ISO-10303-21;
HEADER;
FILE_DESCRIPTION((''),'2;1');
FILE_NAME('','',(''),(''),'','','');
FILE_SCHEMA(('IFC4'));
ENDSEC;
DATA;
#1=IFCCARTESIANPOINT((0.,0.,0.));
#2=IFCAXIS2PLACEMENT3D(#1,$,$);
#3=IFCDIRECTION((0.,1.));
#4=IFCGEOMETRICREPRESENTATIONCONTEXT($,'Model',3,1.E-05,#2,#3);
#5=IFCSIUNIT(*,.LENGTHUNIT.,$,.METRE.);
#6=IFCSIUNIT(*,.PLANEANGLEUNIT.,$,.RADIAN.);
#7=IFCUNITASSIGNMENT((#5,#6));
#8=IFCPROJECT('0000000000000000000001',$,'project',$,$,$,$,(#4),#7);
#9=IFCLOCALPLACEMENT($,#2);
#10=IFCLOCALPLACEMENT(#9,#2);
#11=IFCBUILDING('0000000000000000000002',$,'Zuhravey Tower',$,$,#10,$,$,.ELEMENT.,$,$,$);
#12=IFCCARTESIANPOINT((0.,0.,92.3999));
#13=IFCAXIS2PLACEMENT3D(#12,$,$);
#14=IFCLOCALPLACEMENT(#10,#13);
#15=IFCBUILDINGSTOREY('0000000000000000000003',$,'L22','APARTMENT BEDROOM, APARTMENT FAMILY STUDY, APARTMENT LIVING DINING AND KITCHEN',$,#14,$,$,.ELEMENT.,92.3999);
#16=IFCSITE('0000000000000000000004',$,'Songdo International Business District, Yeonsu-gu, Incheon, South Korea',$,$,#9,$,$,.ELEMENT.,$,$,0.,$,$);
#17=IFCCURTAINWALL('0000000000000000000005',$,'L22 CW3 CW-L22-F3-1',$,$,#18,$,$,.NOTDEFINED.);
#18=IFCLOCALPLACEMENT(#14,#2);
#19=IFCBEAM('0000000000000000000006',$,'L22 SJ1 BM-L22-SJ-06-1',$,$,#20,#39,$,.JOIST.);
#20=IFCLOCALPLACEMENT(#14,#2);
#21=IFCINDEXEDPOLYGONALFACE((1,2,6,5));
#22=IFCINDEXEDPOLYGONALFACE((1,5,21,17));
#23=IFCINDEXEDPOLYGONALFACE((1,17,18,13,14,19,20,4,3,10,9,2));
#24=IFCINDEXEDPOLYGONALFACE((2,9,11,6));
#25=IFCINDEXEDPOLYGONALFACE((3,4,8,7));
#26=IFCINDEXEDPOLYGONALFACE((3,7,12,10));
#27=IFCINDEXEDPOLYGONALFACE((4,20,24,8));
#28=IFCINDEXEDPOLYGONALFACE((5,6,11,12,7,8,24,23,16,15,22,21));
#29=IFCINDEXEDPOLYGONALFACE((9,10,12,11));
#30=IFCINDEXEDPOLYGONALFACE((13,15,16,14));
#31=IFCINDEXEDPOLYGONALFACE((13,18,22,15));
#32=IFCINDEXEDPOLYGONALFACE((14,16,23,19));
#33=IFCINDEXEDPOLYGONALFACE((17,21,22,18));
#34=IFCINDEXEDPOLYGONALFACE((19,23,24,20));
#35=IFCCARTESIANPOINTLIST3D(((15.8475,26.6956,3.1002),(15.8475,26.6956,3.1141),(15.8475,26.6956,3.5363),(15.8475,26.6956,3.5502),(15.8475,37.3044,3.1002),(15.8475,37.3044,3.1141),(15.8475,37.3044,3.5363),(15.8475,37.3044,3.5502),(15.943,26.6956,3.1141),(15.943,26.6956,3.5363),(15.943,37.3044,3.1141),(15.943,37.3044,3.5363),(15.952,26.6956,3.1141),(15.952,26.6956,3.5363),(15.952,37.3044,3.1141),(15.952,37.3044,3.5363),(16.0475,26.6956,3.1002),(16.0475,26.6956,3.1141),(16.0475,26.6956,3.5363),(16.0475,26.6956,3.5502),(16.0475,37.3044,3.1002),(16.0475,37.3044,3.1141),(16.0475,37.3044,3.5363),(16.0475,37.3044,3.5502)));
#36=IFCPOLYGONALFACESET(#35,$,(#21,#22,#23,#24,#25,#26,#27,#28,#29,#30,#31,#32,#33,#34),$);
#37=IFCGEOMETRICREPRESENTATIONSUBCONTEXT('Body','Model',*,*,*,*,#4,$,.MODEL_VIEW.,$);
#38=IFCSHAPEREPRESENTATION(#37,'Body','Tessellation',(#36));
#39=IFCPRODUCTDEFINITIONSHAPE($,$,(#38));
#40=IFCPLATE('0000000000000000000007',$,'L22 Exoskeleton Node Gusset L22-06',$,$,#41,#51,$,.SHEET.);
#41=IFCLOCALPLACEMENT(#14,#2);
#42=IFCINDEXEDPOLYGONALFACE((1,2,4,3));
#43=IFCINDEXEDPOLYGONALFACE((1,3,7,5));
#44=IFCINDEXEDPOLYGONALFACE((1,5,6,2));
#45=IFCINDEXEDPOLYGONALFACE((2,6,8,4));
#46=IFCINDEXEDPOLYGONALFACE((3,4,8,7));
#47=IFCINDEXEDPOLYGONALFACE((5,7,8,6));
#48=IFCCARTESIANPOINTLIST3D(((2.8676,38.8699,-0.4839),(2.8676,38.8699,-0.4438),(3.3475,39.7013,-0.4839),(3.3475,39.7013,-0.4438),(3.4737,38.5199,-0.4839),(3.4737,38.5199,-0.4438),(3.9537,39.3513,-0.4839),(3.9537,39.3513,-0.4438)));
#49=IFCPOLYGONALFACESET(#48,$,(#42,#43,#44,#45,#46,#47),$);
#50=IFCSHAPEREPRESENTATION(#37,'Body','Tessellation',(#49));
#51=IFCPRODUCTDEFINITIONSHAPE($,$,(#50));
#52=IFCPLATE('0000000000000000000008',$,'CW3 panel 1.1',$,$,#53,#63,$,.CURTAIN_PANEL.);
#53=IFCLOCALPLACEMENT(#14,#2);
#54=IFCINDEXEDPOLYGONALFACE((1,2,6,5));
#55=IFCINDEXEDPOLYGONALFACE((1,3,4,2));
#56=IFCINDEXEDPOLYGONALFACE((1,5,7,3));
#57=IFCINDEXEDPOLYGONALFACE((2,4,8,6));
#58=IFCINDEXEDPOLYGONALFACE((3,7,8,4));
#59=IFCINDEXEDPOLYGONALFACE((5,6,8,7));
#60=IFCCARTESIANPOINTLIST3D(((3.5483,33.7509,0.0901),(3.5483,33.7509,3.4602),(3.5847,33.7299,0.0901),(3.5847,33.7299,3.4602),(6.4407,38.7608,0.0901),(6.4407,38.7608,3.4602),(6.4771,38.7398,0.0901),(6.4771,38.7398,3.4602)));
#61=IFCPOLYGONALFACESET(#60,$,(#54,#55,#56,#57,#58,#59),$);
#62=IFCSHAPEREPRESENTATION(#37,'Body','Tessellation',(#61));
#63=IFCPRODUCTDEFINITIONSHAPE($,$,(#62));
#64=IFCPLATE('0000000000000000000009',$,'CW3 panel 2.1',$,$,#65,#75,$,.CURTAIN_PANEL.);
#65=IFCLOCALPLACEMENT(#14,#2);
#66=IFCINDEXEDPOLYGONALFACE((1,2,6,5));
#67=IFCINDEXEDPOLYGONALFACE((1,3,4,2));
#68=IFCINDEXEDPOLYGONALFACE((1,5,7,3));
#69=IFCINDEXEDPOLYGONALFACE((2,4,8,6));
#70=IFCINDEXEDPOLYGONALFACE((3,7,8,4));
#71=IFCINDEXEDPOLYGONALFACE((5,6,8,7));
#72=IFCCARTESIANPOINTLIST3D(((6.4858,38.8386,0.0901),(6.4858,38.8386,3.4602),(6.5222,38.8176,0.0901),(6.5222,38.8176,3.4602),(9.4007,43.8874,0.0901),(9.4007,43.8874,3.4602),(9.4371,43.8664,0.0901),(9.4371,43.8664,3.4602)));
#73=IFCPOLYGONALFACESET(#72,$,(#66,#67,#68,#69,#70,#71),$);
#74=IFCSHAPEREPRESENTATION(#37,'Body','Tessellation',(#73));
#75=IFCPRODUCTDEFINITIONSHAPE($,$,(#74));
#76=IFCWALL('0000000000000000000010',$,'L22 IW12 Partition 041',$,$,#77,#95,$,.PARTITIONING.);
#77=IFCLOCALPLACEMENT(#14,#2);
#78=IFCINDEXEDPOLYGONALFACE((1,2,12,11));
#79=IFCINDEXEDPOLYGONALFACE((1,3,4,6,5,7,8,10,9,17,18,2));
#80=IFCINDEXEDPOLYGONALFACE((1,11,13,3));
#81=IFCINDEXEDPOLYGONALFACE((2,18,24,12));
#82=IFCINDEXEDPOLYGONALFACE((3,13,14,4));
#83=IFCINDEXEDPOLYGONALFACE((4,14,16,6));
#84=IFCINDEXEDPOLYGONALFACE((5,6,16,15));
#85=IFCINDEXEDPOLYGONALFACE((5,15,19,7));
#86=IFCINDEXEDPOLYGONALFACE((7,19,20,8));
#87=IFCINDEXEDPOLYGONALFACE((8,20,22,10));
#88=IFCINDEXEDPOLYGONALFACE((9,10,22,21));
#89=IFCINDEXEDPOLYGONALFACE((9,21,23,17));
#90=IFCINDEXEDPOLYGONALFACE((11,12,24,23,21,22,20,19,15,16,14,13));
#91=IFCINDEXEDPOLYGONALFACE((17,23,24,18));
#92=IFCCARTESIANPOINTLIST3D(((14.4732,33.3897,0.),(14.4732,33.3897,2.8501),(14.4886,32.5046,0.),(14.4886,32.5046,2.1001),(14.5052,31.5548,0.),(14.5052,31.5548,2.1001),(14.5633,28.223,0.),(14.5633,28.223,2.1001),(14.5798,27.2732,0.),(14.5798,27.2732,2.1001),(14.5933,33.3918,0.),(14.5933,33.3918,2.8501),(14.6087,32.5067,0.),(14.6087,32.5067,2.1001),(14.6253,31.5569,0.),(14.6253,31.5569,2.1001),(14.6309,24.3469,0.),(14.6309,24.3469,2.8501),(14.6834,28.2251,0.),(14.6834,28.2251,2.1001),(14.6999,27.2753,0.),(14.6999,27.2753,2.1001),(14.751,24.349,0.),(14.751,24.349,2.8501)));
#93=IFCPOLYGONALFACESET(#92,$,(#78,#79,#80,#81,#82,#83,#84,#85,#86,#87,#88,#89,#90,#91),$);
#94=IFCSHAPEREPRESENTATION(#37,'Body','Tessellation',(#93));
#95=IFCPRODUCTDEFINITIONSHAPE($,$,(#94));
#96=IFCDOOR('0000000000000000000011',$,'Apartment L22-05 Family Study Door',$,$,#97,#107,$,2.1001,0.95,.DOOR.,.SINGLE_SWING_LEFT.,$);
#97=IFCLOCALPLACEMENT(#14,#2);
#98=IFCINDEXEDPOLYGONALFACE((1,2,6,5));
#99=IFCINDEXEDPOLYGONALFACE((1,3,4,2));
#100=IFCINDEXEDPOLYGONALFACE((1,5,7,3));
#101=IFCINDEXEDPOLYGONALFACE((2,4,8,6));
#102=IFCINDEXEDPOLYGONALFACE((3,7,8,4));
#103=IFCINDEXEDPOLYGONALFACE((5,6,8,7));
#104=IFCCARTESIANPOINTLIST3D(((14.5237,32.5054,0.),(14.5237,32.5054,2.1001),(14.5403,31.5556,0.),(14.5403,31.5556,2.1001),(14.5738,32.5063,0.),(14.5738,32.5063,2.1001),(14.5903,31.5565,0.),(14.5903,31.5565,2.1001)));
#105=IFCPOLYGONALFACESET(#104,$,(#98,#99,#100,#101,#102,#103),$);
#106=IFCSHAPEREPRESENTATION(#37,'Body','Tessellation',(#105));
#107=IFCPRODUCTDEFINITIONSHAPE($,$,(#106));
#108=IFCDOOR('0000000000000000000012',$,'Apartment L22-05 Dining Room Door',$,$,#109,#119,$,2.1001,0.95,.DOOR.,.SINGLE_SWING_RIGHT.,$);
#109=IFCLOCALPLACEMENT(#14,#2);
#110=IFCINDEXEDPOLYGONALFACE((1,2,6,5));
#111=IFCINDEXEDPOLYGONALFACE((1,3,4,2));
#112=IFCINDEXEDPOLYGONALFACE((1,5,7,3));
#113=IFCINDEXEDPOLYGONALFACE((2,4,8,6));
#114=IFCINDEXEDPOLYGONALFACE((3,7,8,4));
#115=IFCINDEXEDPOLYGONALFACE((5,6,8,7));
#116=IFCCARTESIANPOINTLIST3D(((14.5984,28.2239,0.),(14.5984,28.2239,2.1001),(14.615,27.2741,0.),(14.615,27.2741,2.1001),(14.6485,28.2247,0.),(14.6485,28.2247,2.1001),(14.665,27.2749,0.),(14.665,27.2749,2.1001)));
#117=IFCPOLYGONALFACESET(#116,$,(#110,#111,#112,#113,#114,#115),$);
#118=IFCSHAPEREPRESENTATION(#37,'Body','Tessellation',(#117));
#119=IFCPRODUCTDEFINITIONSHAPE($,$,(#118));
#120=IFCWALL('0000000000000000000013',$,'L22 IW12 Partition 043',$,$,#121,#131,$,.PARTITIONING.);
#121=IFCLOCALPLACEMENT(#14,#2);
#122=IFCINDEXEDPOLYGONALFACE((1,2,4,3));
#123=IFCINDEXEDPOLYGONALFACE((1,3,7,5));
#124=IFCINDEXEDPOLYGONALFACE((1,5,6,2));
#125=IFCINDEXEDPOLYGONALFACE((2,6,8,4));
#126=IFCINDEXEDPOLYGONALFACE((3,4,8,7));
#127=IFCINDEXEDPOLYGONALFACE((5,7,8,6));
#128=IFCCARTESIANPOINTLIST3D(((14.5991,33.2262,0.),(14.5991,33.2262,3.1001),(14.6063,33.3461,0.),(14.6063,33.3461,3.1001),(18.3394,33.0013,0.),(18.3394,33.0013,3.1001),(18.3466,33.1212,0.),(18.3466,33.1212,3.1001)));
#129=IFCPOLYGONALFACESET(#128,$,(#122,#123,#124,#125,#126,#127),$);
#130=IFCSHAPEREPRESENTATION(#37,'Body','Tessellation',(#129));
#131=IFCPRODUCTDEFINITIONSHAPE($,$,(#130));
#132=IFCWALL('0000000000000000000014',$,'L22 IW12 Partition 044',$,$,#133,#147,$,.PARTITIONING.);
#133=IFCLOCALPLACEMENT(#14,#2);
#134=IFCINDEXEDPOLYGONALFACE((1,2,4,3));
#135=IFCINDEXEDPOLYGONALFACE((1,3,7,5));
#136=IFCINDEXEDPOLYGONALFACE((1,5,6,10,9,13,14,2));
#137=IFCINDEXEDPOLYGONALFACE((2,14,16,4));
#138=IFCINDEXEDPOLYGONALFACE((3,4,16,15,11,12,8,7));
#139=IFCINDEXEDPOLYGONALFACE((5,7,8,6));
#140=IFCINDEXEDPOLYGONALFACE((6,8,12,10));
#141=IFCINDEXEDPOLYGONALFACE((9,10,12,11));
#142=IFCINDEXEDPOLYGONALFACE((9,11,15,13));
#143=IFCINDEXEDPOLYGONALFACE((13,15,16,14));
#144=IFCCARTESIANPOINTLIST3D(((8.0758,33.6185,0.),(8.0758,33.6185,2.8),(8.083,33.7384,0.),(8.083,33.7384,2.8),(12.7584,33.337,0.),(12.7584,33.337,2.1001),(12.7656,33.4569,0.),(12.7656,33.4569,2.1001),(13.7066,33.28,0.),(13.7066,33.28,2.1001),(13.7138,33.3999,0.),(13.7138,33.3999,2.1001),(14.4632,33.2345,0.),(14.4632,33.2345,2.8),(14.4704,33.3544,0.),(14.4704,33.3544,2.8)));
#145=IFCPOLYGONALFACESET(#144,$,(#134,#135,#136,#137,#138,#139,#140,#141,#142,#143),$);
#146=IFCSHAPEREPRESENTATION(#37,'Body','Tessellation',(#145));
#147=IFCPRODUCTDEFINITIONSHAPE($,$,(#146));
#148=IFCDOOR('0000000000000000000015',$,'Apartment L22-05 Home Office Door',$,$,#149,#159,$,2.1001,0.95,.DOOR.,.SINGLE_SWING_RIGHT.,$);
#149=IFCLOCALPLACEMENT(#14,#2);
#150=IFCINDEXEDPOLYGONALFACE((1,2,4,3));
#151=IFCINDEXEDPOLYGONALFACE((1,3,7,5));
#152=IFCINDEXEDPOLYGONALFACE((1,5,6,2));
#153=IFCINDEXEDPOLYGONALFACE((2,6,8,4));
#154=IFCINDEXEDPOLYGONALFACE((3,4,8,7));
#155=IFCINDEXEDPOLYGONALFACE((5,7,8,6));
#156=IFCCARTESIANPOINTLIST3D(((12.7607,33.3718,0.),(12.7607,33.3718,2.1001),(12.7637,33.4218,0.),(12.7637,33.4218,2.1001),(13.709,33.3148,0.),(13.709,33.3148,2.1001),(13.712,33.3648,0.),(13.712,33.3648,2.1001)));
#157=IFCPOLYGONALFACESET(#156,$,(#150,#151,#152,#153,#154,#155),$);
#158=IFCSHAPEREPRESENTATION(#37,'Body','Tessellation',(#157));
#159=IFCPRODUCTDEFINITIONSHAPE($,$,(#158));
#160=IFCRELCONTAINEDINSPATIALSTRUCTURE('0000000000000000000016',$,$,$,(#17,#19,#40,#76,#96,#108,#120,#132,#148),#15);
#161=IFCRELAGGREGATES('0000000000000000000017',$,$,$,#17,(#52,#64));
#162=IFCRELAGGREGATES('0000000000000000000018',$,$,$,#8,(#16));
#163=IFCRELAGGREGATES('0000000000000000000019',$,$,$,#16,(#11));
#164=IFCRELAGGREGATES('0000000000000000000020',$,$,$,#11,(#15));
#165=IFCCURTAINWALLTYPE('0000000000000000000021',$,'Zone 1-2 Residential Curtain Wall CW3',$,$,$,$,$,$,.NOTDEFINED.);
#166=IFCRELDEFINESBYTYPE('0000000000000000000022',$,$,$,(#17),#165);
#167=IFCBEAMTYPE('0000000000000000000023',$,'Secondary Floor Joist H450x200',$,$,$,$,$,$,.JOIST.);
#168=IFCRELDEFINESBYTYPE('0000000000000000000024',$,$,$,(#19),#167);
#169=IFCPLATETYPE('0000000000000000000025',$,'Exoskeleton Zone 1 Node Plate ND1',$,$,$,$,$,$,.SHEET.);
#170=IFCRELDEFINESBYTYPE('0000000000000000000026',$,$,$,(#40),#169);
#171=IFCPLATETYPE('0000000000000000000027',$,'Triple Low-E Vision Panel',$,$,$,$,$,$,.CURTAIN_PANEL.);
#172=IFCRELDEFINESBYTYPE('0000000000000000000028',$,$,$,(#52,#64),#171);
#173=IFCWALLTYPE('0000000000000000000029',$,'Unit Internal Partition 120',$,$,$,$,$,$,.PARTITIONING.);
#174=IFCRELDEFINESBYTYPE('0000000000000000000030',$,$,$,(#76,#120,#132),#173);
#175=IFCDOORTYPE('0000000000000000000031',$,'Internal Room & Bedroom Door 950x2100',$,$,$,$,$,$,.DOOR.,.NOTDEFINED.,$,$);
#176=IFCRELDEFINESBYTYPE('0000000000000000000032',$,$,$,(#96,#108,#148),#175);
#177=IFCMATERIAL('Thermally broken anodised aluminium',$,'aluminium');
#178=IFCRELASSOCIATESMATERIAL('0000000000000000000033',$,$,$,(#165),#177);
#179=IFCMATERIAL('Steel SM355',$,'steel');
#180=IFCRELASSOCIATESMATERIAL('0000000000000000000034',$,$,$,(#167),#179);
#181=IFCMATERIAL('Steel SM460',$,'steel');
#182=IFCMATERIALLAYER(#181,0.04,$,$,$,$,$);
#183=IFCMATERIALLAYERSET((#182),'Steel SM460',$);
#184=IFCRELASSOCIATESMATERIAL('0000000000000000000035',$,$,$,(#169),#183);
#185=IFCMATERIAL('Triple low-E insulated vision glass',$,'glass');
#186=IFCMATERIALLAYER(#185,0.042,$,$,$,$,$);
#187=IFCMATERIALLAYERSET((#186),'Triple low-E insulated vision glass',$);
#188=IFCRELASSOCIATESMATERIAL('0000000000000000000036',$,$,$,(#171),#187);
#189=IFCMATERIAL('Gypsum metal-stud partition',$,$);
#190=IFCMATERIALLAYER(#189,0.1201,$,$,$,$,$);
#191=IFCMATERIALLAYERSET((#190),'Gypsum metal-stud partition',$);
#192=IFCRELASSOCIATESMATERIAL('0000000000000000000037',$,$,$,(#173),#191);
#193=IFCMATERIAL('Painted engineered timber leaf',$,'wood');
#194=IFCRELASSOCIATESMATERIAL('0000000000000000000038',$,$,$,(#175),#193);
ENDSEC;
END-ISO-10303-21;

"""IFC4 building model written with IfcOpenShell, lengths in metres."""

from ifc_helpers import new_model, si_unit, direction, frame, frame_2d, origin, origin_2d, place, context, subcontext, project, spatial, rectangle, i_section, extrude, material, layer, layer_set, material_profile, profile_set, type_object, element, fill, aggregate, save


model = new_model("IFC4")

# Units and contexts
model_context = context("Model", 3, precision=1e-05, world=origin(), true_north=direction((0.0, 1.0)))
body_context = subcontext(model_context, "Body", "Model", "MODEL_VIEW")
ifc_project = project(units=[si_unit("LENGTHUNIT", "METRE"), si_unit("PLANEANGLEUNIT", "RADIAN")], contexts=[model_context])

# Site, building, storey
site_placement = place(None, origin())
site = spatial("IfcSite", under=ifc_project, at=site_placement, Name="Songdo International Business District, Yeonsu-gu, Incheon, South Korea", CompositionType="ELEMENT", RefElevation=0.0)
building_placement = place(site_placement, origin())
building = spatial("IfcBuilding", under=site, at=building_placement, Name="Zuhravey Tower", CompositionType="ELEMENT")
storey_placement = place(building_placement, frame((0.0, 0.0, 92.3999)))
storey = spatial("IfcBuildingStorey", under=building, at=storey_placement, Name="L22", Description="APARTMENT BEDROOM, APARTMENT FAMILY STUDY, APARTMENT LIVING DINING AND KITCHEN", CompositionType="ELEMENT", Elevation=92.3999)

# Curtain wall
ifc_material_1 = material(Name="Thermally broken anodised aluminium", Category="aluminium")
curtain_wall_type = type_object("IfcCurtainWallType", Name="Zone 1-2 Residential Curtain Wall CW3", PredefinedType="NOTDEFINED", material=ifc_material_1)
curtain_wall_placement = place(storey_placement, origin())
curtain_wall = element("IfcCurtainWall", 1, at=curtain_wall_placement, inside=storey, type_object=curtain_wall_type, Name="L22 CW3 CW-L22-F3-1", PredefinedType="NOTDEFINED")

# Shared definitions
ifc_material_2 = material(Name="Steel SM460", Category="steel")

# Beam
ifc_material_3 = material(Name="Steel SM355", Category="steel")
ifc_material_profile_1 = material_profile(ifc_material_3, i_section(OverallWidth=0.2, OverallDepth=0.45, WebThickness=0.009, FlangeThickness=0.0139, at=origin_2d()), Name="H-450x200x9x14")
ifc_profile_set_1 = profile_set([ifc_material_profile_1], Name="Steel SM355")
beam_type_1 = type_object("IfcBeamType", Name="Secondary Floor Joist H450x200", PredefinedType="JOIST", material=ifc_profile_set_1)
beam_1_placement = place(storey_placement, frame((15.9475, 37.3044, 3.3252), z_axis=(0.0, -1.0, 0.0), x_axis=(1.0, 0.0, 0.0)))
element("IfcBeam", 2, at=beam_1_placement, inside=storey, type_object=beam_type_1, Name="L22 SJ1 BM-L22-SJ-06-1", PredefinedType="JOIST", context=body_context, shape_type="SweptSolid", body=[
    extrude(i_section(OverallWidth=0.2, OverallDepth=0.45, WebThickness=0.009, FlangeThickness=0.0139, at=origin_2d()), origin(), (0.0, 0.0, 1.0), 10.6089),
])

# Plates
ifc_layer_1 = layer(ifc_material_2, 0.04)
ifc_layer_set_1 = layer_set([ifc_layer_1], Name="Steel SM460")
plate_type_1 = type_object("IfcPlateType", Name="Exoskeleton Zone 1 Node Plate ND1", PredefinedType="SHEET", material=ifc_layer_set_1)
plate_1_placement = place(storey_placement, frame((3.4106, 39.1106, -0.4839), z_axis=(0.0, 0.0, 1.0), x_axis=(-0.5, -0.866025, 0.0)))
element("IfcPlate", 3, at=plate_1_placement, inside=storey, type_object=plate_type_1, Name="L22 Exoskeleton Node Gusset L22-06", PredefinedType="SHEET", context=body_context, shape_type="SweptSolid", body=[
    extrude(rectangle(XDim=0.96, YDim=0.7, at=origin_2d()), origin(), (0.0, 0.0, 1.0), 0.04),
])
ifc_material_4 = material(Name="Triple low-E insulated vision glass", Category="glass")
ifc_layer_2 = layer(ifc_material_4, 0.042)
ifc_layer_set_2 = layer_set([ifc_layer_2], Name="Triple low-E insulated vision glass")
plate_type_2 = type_object("IfcPlateType", Name="Triple Low-E Vision Panel", PredefinedType="CURTAIN_PANEL", material=ifc_layer_set_2)
plate_2_placement = place(storey_placement, frame((5.0127, 36.2454, 0.0901), z_axis=(0.0, 0.0, 1.0), x_axis=(0.5, 0.866026, 0.0)))
plate_2 = element("IfcPlate", 4, at=plate_2_placement, type_object=plate_type_2, Name="CW3 panel 1.1", PredefinedType="CURTAIN_PANEL", context=body_context, shape_type="SweptSolid", body=[
    extrude(rectangle(XDim=5.7849, YDim=0.042, at=origin_2d()), origin(), (0.0, 0.0, 1.0), 3.3701),
])
plate_3_placement = place(storey_placement, frame((7.9614, 41.3525, 0.0901), z_axis=(0.0, 0.0, 1.0), x_axis=(0.5, 0.866026, 0.0)))
plate_3 = element("IfcPlate", 5, at=plate_3_placement, type_object=plate_type_2, Name="CW3 panel 2.1", PredefinedType="CURTAIN_PANEL", context=body_context, shape_type="SweptSolid", body=[
    extrude(rectangle(XDim=5.8298, YDim=0.042, at=origin_2d()), origin(), (0.0, 0.0, 1.0), 3.3701),
])
aggregate(curtain_wall, [plate_2, plate_3])

# Wall, openings, doors
ifc_material_5 = material(Name="Gypsum metal-stud partition")
ifc_layer_3 = layer(ifc_material_5, 0.1201)
ifc_layer_set_3 = layer_set([ifc_layer_3], Name="Gypsum metal-stud partition")
wall_type = type_object("IfcWallType", Name="Unit Internal Partition 120", PredefinedType="PARTITIONING", material=ifc_layer_set_3)
wall_1_placement = place(storey_placement, frame((14.5332, 33.3906, 0.0), z_axis=(0.0, 0.0, 1.0), x_axis=(0.017438, -0.999848, 0.0)))
wall_1 = element("IfcWall", 6, at=wall_1_placement, inside=storey, type_object=wall_type, Name="L22 IW12 Partition 041", PredefinedType="PARTITIONING", context=body_context, shape_type="SweptSolid", body=[
    extrude(rectangle(XDim=9.0442, YDim=0.1201, at=frame_2d((4.522, 0.0))), origin(), (0.0, 0.0, 1.0), 2.8501),
])
opening_1_placement = place(wall_1_placement, frame((0.885, 0.0, 0.0)))
opening_1 = element("IfcOpeningElement", 7, at=opening_1_placement, cuts=wall_1, PredefinedType="OPENING", context=body_context, shape_type="SweptSolid", body=[
    extrude(rectangle(XDim=0.95, YDim=2.1001, at=frame_2d((0.4751, 1.05))), frame((0.0, 0.072, 0.0), z_axis=(0.0, -1.0, 0.0), x_axis=(1.0, 0.0, 0.0)), (0.0, 0.0, 1.0), 0.144),
])
opening_2_placement = place(wall_1_placement, frame((5.1672, 0.0, 0.0)))
opening_2 = element("IfcOpeningElement", 8, at=opening_2_placement, cuts=wall_1, PredefinedType="OPENING", context=body_context, shape_type="SweptSolid", body=[
    extrude(rectangle(XDim=0.95, YDim=2.1001, at=frame_2d((0.4751, 1.05))), frame((0.0, 0.072, 0.0), z_axis=(0.0, -1.0, 0.0), x_axis=(1.0, 0.0, 0.0)), (0.0, 0.0, 1.0), 0.144),
])
ifc_material_6 = material(Name="Painted engineered timber leaf", Category="wood")
door_type = type_object("IfcDoorType", Name="Internal Room & Bedroom Door 950x2100", OperationType="NOTDEFINED", PredefinedType="DOOR", material=ifc_material_6)
door_1_placement = place(opening_1_placement, frame((0.95, 0.0, 0.0), z_axis=(0.0, 0.0, 1.0), x_axis=(-1.0, 0.0, 0.0)))
door_1 = element("IfcDoor", 9, at=door_1_placement, inside=storey, type_object=door_type, Name="Apartment L22-05 Family Study Door", OperationType="SINGLE_SWING_LEFT", OverallHeight=2.1001, OverallWidth=0.95, PredefinedType="DOOR", context=body_context, shape_type="SweptSolid", body=[
    extrude(rectangle(XDim=0.95, YDim=2.1001, at=frame_2d((0.4751, 1.05))), frame((0.0, 0.0249, 0.0), z_axis=(0.0, -1.0, 0.0), x_axis=(1.0, 0.0, 0.0)), (0.0, 0.0, 1.0), 0.05),
])
fill(opening_1, door_1)
door_2_placement = place(opening_2_placement, frame((0.95, 0.0, 0.0), z_axis=(0.0, 0.0, 1.0), x_axis=(-1.0, 0.0, 0.0)))
door_2 = element("IfcDoor", 10, at=door_2_placement, inside=storey, type_object=door_type, Name="Apartment L22-05 Dining Room Door", OperationType="SINGLE_SWING_RIGHT", OverallHeight=2.1001, OverallWidth=0.95, PredefinedType="DOOR", context=body_context, shape_type="SweptSolid", body=[
    extrude(rectangle(XDim=0.95, YDim=2.1001, at=frame_2d((0.4751, 1.05))), frame((0.0, 0.0249, 0.0), z_axis=(0.0, -1.0, 0.0), x_axis=(1.0, 0.0, 0.0)), (0.0, 0.0, 1.0), 0.05),
])
fill(opening_2, door_2)

# Wall
wall_2_placement = place(storey_placement, frame((18.343, 33.0613, 0.0), z_axis=(0.0, 0.0, 1.0), x_axis=(-0.998198, 0.060009, 0.0)))
element("IfcWall", 11, at=wall_2_placement, inside=storey, type_object=wall_type, Name="L22 IW12 Partition 043", PredefinedType="PARTITIONING", context=body_context, shape_type="SweptSolid", body=[
    extrude(rectangle(XDim=3.7471, YDim=0.1201, at=frame_2d((1.8735, 0.0))), origin(), (0.0, 0.0, 1.0), 3.1001),
])

# Wall, opening, door
wall_3_placement = place(storey_placement, frame((14.4668, 33.2944, 0.0), z_axis=(0.0, 0.0, 1.0), x_axis=(-0.998197, 0.060015, 0.0)))
wall_3 = element("IfcWall", 12, at=wall_3_placement, inside=storey, type_object=wall_type, Name="L22 IW12 Partition 044", PredefinedType="PARTITIONING", context=body_context, shape_type="SweptSolid", body=[
    extrude(rectangle(XDim=6.3989, YDim=0.1201, at=frame_2d((3.1995, 0.0))), origin(), (0.0, 0.0, 1.0), 2.8),
])
opening_3_placement = place(wall_3_placement, frame((0.7578, 0.0, 0.0)))
opening_3 = element("IfcOpeningElement", 13, at=opening_3_placement, cuts=wall_3, PredefinedType="OPENING", context=body_context, shape_type="SweptSolid", body=[
    extrude(rectangle(XDim=0.95, YDim=2.1001, at=frame_2d((0.4751, 1.05))), frame((0.0, 0.072, 0.0), z_axis=(0.0, -1.0, 0.0), x_axis=(1.0, 0.0, 0.0)), (0.0, 0.0, 1.0), 0.144),
])
door_3_placement = place(opening_3_placement, frame((0.95, 0.0, 0.0), z_axis=(0.0, 0.0, 1.0), x_axis=(-1.0, 0.0, 0.0)))
door_3 = element("IfcDoor", 14, at=door_3_placement, inside=storey, type_object=door_type, Name="Apartment L22-05 Home Office Door", OperationType="SINGLE_SWING_RIGHT", OverallHeight=2.1001, OverallWidth=0.95, PredefinedType="DOOR", context=body_context, shape_type="SweptSolid", body=[
    extrude(rectangle(XDim=0.95, YDim=2.1001, at=frame_2d((0.4751, 1.05))), frame((0.0, 0.0249, 0.0), z_axis=(0.0, -1.0, 0.0), x_axis=(1.0, 0.0, 0.0)), (0.0, 0.0, 1.0), 0.05),
])
fill(opening_3, door_3)

save(model, "model.ifc")
